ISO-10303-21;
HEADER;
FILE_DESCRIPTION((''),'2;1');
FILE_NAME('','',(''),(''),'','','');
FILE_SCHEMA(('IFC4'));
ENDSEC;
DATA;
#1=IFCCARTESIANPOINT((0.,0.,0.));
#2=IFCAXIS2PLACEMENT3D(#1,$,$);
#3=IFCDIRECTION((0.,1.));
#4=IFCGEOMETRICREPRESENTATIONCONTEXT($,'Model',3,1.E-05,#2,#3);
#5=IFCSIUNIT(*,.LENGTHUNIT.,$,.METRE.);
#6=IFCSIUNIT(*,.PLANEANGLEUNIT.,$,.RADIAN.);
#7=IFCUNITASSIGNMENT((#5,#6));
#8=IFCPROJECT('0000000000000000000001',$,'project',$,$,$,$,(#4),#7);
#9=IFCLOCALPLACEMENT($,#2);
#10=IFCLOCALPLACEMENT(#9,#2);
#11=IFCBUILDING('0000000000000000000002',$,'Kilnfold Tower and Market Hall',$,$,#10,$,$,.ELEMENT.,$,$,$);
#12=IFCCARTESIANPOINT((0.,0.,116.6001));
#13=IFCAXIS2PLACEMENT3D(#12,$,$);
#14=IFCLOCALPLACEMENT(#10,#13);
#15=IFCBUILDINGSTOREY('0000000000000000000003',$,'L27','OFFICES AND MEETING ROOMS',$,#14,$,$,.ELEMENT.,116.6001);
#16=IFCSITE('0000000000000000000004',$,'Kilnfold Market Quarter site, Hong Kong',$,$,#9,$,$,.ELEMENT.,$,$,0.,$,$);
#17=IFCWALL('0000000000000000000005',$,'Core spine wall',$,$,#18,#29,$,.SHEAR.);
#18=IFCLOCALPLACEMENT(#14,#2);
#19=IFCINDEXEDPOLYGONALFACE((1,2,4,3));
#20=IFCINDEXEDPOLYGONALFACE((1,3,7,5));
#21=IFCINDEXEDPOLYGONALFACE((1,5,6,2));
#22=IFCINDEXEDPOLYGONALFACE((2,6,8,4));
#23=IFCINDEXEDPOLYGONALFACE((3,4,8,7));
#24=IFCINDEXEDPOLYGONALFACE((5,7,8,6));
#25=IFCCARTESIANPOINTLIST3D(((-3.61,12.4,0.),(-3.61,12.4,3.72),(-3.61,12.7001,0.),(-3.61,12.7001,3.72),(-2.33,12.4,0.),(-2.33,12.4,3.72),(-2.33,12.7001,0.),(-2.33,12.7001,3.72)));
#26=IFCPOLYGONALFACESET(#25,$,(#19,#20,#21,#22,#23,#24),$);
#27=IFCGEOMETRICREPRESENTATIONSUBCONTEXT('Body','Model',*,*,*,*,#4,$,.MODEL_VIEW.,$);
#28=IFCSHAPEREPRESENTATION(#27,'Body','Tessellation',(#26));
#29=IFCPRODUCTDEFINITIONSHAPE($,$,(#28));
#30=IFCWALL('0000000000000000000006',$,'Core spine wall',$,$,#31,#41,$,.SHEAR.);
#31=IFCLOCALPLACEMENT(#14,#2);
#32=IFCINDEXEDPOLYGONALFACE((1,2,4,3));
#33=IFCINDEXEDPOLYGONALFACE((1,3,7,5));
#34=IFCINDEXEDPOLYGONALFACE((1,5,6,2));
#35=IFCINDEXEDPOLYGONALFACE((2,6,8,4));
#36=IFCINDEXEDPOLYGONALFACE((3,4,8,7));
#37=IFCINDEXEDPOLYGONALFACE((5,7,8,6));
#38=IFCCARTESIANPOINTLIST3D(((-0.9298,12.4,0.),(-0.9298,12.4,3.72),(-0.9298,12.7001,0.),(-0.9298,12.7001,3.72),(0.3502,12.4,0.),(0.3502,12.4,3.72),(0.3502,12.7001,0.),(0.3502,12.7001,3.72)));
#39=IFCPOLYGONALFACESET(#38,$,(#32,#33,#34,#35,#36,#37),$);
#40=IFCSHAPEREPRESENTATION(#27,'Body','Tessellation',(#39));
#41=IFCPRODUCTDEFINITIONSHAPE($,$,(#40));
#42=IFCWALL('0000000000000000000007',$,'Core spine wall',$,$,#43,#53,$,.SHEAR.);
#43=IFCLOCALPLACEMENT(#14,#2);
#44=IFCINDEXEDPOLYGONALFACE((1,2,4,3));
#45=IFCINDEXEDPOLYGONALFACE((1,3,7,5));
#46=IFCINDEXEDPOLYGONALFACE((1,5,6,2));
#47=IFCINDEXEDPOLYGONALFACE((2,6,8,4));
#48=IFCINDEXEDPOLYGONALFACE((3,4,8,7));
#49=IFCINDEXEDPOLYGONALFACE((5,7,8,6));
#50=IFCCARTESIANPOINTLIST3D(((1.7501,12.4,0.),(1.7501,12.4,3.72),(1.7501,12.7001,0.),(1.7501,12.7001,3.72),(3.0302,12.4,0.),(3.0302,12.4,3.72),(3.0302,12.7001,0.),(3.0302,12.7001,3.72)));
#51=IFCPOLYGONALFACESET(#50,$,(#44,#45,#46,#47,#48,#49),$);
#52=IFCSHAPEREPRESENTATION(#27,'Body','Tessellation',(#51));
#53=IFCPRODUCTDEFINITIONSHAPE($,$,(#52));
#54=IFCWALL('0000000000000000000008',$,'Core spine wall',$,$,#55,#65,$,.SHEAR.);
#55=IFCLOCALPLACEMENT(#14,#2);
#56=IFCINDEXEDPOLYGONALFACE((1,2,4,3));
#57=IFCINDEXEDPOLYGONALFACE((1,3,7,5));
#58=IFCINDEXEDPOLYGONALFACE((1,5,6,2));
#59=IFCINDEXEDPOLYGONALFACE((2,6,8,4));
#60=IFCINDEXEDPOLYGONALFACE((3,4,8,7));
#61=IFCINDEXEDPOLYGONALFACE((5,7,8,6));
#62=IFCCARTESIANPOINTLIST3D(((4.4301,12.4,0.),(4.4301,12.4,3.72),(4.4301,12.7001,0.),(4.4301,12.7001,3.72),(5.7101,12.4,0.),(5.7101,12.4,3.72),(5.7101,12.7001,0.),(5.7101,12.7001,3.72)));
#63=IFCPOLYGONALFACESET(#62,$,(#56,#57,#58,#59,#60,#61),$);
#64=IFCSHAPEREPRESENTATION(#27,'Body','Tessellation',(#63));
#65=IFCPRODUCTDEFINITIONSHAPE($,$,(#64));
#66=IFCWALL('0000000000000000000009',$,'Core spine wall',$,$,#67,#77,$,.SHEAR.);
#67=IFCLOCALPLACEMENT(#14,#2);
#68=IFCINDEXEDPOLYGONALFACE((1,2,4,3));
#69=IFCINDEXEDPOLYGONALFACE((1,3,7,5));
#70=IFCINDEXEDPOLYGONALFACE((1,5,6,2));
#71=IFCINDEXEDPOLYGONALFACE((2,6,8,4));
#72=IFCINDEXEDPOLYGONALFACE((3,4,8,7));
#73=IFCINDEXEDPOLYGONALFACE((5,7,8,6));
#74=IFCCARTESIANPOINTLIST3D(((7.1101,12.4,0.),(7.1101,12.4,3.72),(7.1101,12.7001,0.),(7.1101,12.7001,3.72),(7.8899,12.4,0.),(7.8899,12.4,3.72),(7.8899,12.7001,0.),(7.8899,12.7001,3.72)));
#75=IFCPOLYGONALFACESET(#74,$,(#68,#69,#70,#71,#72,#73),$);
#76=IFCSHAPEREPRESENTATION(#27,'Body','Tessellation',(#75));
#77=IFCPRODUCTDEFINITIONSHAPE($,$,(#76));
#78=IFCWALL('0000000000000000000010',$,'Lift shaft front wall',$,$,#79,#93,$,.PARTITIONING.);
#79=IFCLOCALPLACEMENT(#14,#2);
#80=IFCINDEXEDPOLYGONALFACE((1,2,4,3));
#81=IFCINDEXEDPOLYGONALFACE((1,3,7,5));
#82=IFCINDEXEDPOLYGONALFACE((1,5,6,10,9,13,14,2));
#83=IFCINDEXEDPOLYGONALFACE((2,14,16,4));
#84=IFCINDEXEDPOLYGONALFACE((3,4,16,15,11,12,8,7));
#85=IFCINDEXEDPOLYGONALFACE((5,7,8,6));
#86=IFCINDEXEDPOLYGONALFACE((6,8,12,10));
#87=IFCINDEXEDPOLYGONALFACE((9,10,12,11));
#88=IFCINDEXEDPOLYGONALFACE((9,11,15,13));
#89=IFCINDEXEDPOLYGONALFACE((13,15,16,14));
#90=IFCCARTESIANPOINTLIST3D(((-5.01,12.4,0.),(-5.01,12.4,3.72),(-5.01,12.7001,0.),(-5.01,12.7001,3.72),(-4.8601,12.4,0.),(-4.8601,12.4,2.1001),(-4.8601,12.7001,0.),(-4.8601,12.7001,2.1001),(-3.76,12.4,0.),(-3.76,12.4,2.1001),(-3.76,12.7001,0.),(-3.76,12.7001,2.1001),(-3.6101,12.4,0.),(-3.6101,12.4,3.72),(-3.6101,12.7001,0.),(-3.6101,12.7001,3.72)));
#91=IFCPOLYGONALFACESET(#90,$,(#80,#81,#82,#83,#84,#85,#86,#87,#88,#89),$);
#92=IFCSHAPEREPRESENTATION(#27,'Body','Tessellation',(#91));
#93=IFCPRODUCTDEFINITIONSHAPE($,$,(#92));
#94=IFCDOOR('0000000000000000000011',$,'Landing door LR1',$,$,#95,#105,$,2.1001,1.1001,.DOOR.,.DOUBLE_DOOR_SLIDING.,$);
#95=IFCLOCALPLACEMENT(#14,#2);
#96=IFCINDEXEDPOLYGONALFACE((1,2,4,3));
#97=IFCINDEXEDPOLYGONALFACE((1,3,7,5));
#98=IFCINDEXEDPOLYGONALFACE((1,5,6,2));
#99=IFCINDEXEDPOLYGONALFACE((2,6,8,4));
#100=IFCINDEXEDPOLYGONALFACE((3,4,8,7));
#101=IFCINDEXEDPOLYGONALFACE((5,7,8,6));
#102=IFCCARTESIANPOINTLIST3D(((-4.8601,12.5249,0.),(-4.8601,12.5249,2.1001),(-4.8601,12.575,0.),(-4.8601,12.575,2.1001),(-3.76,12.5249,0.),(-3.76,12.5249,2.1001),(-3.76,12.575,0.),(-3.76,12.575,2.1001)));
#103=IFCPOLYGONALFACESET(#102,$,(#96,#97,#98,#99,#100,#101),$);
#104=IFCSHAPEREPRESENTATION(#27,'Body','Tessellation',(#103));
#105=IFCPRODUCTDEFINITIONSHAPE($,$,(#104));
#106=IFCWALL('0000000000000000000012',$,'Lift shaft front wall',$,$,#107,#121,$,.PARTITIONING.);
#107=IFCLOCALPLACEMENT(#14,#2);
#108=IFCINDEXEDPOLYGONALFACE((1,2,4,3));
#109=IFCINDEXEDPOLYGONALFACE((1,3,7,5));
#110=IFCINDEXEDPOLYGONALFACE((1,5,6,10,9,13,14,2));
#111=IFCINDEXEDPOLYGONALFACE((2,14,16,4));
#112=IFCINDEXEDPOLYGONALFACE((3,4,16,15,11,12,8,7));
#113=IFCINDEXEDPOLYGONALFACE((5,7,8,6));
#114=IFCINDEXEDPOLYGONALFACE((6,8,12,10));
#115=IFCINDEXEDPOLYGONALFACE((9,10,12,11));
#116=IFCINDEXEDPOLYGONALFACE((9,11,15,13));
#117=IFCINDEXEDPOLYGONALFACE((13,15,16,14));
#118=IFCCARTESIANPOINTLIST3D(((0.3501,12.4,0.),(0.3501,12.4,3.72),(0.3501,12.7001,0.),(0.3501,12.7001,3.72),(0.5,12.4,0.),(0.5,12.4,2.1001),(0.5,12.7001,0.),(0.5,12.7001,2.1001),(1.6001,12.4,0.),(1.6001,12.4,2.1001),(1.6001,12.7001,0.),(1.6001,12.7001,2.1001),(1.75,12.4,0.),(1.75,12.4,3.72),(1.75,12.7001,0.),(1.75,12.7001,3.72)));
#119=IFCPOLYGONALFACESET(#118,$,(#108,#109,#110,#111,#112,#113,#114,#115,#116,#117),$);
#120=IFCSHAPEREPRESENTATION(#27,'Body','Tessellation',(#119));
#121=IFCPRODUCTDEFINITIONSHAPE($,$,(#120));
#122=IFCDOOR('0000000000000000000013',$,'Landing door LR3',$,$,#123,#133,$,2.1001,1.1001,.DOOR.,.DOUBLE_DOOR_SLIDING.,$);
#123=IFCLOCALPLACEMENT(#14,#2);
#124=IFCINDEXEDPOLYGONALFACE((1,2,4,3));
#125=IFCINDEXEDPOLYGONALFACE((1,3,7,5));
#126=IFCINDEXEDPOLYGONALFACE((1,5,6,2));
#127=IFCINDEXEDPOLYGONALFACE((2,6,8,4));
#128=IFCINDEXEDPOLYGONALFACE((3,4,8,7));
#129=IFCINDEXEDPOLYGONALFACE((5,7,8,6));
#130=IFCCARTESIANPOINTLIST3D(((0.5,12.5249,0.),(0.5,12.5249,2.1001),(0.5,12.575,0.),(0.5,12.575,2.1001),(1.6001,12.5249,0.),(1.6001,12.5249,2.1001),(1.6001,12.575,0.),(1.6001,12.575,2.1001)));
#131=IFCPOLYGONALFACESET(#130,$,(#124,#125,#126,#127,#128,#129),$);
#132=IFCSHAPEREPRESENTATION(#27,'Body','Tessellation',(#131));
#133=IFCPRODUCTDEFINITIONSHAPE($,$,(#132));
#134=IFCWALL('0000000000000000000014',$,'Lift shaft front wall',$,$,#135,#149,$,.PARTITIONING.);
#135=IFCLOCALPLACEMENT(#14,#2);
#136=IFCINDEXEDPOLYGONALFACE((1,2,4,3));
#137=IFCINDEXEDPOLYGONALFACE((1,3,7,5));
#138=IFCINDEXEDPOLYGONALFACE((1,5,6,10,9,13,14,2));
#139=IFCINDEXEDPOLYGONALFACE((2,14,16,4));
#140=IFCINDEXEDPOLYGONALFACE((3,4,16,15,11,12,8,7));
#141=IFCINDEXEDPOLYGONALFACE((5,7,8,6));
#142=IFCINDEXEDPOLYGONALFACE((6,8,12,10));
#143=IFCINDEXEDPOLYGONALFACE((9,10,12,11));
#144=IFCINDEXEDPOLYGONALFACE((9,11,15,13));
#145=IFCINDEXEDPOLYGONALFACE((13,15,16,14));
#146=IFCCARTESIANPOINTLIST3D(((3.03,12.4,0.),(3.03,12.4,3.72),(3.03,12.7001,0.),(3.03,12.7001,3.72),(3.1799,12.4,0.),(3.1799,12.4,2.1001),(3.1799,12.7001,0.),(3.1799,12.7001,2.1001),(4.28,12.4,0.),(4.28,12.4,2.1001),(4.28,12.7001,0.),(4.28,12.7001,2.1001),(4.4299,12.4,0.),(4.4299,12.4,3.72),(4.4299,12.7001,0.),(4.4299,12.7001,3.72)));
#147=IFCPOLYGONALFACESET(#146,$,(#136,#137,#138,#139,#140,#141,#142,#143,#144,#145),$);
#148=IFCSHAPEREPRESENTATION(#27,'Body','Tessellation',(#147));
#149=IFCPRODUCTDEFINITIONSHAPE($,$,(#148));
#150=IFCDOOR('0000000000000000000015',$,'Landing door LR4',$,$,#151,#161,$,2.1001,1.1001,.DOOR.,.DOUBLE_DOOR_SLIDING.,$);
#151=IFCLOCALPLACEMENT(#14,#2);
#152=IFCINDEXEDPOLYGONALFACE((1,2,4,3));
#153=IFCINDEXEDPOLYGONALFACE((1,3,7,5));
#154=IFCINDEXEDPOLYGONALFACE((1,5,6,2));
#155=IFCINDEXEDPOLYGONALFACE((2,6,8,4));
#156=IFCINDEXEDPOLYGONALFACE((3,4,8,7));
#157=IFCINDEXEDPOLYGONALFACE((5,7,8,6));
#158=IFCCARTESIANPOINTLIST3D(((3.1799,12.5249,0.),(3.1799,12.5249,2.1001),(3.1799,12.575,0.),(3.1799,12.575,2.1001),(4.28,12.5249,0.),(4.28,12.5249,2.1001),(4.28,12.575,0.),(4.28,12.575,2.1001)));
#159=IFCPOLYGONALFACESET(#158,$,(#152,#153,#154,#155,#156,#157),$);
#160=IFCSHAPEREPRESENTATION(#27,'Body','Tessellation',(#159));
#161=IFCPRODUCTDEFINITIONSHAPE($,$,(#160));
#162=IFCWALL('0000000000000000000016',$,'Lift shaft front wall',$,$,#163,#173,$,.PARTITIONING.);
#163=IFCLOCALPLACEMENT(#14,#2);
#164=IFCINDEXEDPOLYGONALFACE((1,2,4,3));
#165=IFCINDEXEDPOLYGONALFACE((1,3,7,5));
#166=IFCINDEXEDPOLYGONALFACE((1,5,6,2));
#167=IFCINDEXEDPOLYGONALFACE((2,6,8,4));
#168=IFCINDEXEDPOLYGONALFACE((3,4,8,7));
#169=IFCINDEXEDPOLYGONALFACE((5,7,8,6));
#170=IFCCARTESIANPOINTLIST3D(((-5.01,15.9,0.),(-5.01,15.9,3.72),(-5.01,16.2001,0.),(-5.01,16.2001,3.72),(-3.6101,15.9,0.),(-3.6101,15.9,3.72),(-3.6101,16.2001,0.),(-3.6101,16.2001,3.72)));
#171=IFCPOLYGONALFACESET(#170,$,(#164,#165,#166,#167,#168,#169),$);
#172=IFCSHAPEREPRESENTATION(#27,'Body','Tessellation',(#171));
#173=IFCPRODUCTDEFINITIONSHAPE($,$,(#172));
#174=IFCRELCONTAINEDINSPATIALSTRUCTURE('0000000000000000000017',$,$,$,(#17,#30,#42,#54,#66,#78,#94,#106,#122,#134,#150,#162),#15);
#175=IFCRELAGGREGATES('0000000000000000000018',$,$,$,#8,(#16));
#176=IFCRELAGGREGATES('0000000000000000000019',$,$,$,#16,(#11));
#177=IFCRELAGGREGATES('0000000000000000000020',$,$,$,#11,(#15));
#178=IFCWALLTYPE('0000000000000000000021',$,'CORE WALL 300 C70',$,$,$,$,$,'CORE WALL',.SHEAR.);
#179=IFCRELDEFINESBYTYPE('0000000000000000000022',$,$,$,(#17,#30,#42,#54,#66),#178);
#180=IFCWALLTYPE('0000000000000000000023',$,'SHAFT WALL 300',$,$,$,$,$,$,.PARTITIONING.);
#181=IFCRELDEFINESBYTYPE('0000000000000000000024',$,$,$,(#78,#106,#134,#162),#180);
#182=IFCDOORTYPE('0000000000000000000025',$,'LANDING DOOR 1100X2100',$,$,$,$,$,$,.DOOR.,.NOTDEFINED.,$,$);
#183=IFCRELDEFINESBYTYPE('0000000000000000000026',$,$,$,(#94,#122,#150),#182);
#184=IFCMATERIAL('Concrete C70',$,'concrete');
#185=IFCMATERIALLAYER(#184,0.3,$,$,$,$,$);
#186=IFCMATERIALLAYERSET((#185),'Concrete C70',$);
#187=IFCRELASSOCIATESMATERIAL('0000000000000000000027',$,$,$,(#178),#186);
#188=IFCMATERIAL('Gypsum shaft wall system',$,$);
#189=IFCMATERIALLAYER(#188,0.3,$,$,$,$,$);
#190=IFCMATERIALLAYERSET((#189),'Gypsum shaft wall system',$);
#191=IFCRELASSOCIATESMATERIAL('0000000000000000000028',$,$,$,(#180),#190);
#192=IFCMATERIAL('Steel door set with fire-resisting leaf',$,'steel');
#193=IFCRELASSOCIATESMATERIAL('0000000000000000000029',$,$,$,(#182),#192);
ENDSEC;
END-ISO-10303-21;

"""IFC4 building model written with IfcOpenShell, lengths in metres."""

from ifc_helpers import new_model, si_unit, direction, frame, frame_2d, origin, place, context, subcontext, project, spatial, rectangle, extrude, source, transform, mapped, material, layer, layer_set, type_object, element, fill, save


model = new_model("IFC4")

# Units and contexts
model_context = context("Model", 3, precision=1e-05, world=origin(), true_north=direction((0.0, 1.0)))
body_context = subcontext(model_context, "Body", "Model", "MODEL_VIEW")
ifc_project = project(units=[si_unit("LENGTHUNIT", "METRE"), si_unit("PLANEANGLEUNIT", "RADIAN")], contexts=[model_context])

# Site, building, storey
site_placement = place(None, origin())
site = spatial("IfcSite", under=ifc_project, at=site_placement, Name="Kilnfold Market Quarter site, Hong Kong", CompositionType="ELEMENT", RefElevation=0.0)
building_placement = place(site_placement, origin())
building = spatial("IfcBuilding", under=site, at=building_placement, Name="Kilnfold Tower and Market Hall", CompositionType="ELEMENT")
storey_placement = place(building_placement, frame((0.0, 0.0, 116.6001)))
storey = spatial("IfcBuildingStorey", under=building, at=storey_placement, Name="L27", Description="OFFICES AND MEETING ROOMS", CompositionType="ELEMENT", Elevation=116.6001)

# Walls
ifc_material_1 = material(Name="Concrete C70", Category="concrete")
ifc_layer_1 = layer(ifc_material_1, 0.3)
ifc_layer_set_1 = layer_set([ifc_layer_1], Name="Concrete C70")
wall_type_1 = type_object("IfcWallType", Name="CORE WALL 300 C70", ElementType="CORE WALL", PredefinedType="SHEAR", material=ifc_layer_set_1)
shared_shape_1 = source(origin(), body_context, "Body", "SweptSolid", [
    extrude(rectangle(XDim=1.28, YDim=0.3, at=frame_2d((0.6401, 0.0))), origin(), (0.0, 0.0, 1.0), 3.72),
])
for number, where, z_axis, x_axis, name in (
    (1, (-3.6101, 12.55, 0.0), (0.0, 0.0, 1.0), (1.0, 0.0, 0.0), "Core spine wall"),
    (2, (-0.9299, 12.55, 0.0), (0.0, 0.0, 1.0), (1.0, 0.0, 0.0), "Core spine wall"),
    (3, (1.75, 12.55, 0.0), (0.0, 0.0, 1.0), (1.0, 0.0, 0.0), "Core spine wall"),
    (4, (4.4299, 12.55, 0.0), (0.0, 0.0, 1.0), (1.0, 0.0, 0.0), "Core spine wall"),
):
    element("IfcWall", number, at=place(storey_placement, frame(where, z_axis=z_axis, x_axis=x_axis)), inside=storey, type_object=wall_type_1, Name=name, PredefinedType="SHEAR", context=body_context, shape_type="MappedRepresentation", body=[
        mapped(shared_shape_1, transform((0.0, 0.0, 0.0))),
    ])
shared_shape_2 = source(origin(), body_context, "Body", "SweptSolid", [
    extrude(rectangle(XDim=0.7798, YDim=0.3, at=frame_2d((0.3899, 0.0))), origin(), (0.0, 0.0, 1.0), 3.72),
])
wall_1_placement = place(storey_placement, frame((7.1101, 12.55, 0.0), z_axis=(0.0, 0.0, 1.0), x_axis=(1.0, 0.0, 0.0)))
element("IfcWall", 5, at=wall_1_placement, inside=storey, type_object=wall_type_1, Name="Core spine wall", PredefinedType="SHEAR", context=body_context, shape_type="MappedRepresentation", body=[
    mapped(shared_shape_2, transform((0.0, 0.0, 0.0))),
])

# Walls, openings, doors
ifc_material_2 = material(Name="Gypsum shaft wall system")
ifc_layer_2 = layer(ifc_material_2, 0.3)
ifc_layer_set_2 = layer_set([ifc_layer_2], Name="Gypsum shaft wall system")
wall_type_2 = type_object("IfcWallType", Name="SHAFT WALL 300", PredefinedType="PARTITIONING", material=ifc_layer_set_2)
shared_shape_3 = source(origin(), body_context, "Body", "SweptSolid", [
    extrude(rectangle(XDim=1.3999, YDim=0.3, at=frame_2d((0.7, 0.0))), origin(), (0.0, 0.0, 1.0), 3.72),
])
wall_2_placement = place(storey_placement, frame((-5.01, 12.55, 0.0), z_axis=(0.0, 0.0, 1.0), x_axis=(1.0, 0.0, 0.0)))
wall_2 = element("IfcWall", 6, at=wall_2_placement, inside=storey, type_object=wall_type_2, Name="Lift shaft front wall", PredefinedType="PARTITIONING", context=body_context, shape_type="MappedRepresentation", body=[
    mapped(shared_shape_3, transform((0.0, 0.0, 0.0))),
])
opening_1_placement = place(wall_2_placement, frame((0.1499, 0.0, 0.0)))
opening_1 = element("IfcOpeningElement", 7, at=opening_1_placement, cuts=wall_2, PredefinedType="OPENING", context=body_context, shape_type="SweptSolid", body=[
    extrude(rectangle(XDim=1.1001, YDim=2.1001, at=frame_2d((0.55, 1.05))), frame((0.0, 0.1602, 0.0), z_axis=(0.0, -1.0, 0.0), x_axis=(1.0, 0.0, 0.0)), (0.0, 0.0, 1.0), 0.3201),
])
ifc_material_3 = material(Name="Steel door set with fire-resisting leaf", Category="steel")
door_type_1 = type_object("IfcDoorType", Name="LANDING DOOR 1100X2100", OperationType="NOTDEFINED", PredefinedType="DOOR", material=ifc_material_3)
door_1_placement = place(opening_1_placement, origin())
door_1 = element("IfcDoor", 8, at=door_1_placement, inside=storey, type_object=door_type_1, Name="Landing door LR1", OperationType="DOUBLE_DOOR_SLIDING", OverallHeight=2.1001, OverallWidth=1.1001, PredefinedType="DOOR", context=body_context, shape_type="SweptSolid", body=[
    extrude(rectangle(XDim=1.1001, YDim=2.1001, at=frame_2d((0.55, 1.05))), frame((0.0, 0.0249, 0.0), z_axis=(0.0, -1.0, 0.0), x_axis=(1.0, 0.0, 0.0)), (0.0, 0.0, 1.0), 0.05),
])
fill(opening_1, door_1)
wall_3_placement = place(storey_placement, frame((0.3501, 12.55, 0.0), z_axis=(0.0, 0.0, 1.0), x_axis=(1.0, 0.0, 0.0)))
wall_3 = element("IfcWall", 9, at=wall_3_placement, inside=storey, type_object=wall_type_2, Name="Lift shaft front wall", PredefinedType="PARTITIONING", context=body_context, shape_type="MappedRepresentation", body=[
    mapped(shared_shape_3, transform((0.0, 0.0, 0.0))),
])
opening_2_placement = place(wall_3_placement, frame((0.1499, 0.0, 0.0)))
opening_2 = element("IfcOpeningElement", 10, at=opening_2_placement, cuts=wall_3, PredefinedType="OPENING", context=body_context, shape_type="SweptSolid", body=[
    extrude(rectangle(XDim=1.1001, YDim=2.1001, at=frame_2d((0.55, 1.05))), frame((0.0, 0.1602, 0.0), z_axis=(0.0, -1.0, 0.0), x_axis=(1.0, 0.0, 0.0)), (0.0, 0.0, 1.0), 0.3201),
])
door_2_placement = place(opening_2_placement, origin())
door_2 = element("IfcDoor", 11, at=door_2_placement, inside=storey, type_object=door_type_1, Name="Landing door LR3", OperationType="DOUBLE_DOOR_SLIDING", OverallHeight=2.1001, OverallWidth=1.1001, PredefinedType="DOOR", context=body_context, shape_type="SweptSolid", body=[
    extrude(rectangle(XDim=1.1001, YDim=2.1001, at=frame_2d((0.55, 1.05))), frame((0.0, 0.0249, 0.0), z_axis=(0.0, -1.0, 0.0), x_axis=(1.0, 0.0, 0.0)), (0.0, 0.0, 1.0), 0.05),
])
fill(opening_2, door_2)
wall_4_placement = place(storey_placement, frame((3.03, 12.55, 0.0), z_axis=(0.0, 0.0, 1.0), x_axis=(1.0, 0.0, 0.0)))
wall_4 = element("IfcWall", 12, at=wall_4_placement, inside=storey, type_object=wall_type_2, Name="Lift shaft front wall", PredefinedType="PARTITIONING", context=body_context, shape_type="MappedRepresentation", body=[
    mapped(shared_shape_3, transform((0.0, 0.0, 0.0))),
])
opening_3_placement = place(wall_4_placement, frame((0.1499, 0.0, 0.0)))
opening_3 = element("IfcOpeningElement", 13, at=opening_3_placement, cuts=wall_4, PredefinedType="OPENING", context=body_context, shape_type="SweptSolid", body=[
    extrude(rectangle(XDim=1.1001, YDim=2.1001, at=frame_2d((0.55, 1.05))), frame((0.0, 0.1602, 0.0), z_axis=(0.0, -1.0, 0.0), x_axis=(1.0, 0.0, 0.0)), (0.0, 0.0, 1.0), 0.3201),
])
door_3_placement = place(opening_3_placement, origin())
door_3 = element("IfcDoor", 14, at=door_3_placement, inside=storey, type_object=door_type_1, Name="Landing door LR4", OperationType="DOUBLE_DOOR_SLIDING", OverallHeight=2.1001, OverallWidth=1.1001, PredefinedType="DOOR", context=body_context, shape_type="SweptSolid", body=[
    extrude(rectangle(XDim=1.1001, YDim=2.1001, at=frame_2d((0.55, 1.05))), frame((0.0, 0.0249, 0.0), z_axis=(0.0, -1.0, 0.0), x_axis=(1.0, 0.0, 0.0)), (0.0, 0.0, 1.0), 0.05),
])
fill(opening_3, door_3)

# Wall
wall_5_placement = place(storey_placement, frame((-5.01, 16.05, 0.0), z_axis=(0.0, 0.0, 1.0), x_axis=(1.0, 0.0, 0.0)))
element("IfcWall", 15, at=wall_5_placement, inside=storey, type_object=wall_type_2, Name="Lift shaft front wall", PredefinedType="PARTITIONING", context=body_context, shape_type="MappedRepresentation", body=[
    mapped(shared_shape_3, transform((0.0, 0.0, 0.0))),
])

save(model, "model.ifc")
